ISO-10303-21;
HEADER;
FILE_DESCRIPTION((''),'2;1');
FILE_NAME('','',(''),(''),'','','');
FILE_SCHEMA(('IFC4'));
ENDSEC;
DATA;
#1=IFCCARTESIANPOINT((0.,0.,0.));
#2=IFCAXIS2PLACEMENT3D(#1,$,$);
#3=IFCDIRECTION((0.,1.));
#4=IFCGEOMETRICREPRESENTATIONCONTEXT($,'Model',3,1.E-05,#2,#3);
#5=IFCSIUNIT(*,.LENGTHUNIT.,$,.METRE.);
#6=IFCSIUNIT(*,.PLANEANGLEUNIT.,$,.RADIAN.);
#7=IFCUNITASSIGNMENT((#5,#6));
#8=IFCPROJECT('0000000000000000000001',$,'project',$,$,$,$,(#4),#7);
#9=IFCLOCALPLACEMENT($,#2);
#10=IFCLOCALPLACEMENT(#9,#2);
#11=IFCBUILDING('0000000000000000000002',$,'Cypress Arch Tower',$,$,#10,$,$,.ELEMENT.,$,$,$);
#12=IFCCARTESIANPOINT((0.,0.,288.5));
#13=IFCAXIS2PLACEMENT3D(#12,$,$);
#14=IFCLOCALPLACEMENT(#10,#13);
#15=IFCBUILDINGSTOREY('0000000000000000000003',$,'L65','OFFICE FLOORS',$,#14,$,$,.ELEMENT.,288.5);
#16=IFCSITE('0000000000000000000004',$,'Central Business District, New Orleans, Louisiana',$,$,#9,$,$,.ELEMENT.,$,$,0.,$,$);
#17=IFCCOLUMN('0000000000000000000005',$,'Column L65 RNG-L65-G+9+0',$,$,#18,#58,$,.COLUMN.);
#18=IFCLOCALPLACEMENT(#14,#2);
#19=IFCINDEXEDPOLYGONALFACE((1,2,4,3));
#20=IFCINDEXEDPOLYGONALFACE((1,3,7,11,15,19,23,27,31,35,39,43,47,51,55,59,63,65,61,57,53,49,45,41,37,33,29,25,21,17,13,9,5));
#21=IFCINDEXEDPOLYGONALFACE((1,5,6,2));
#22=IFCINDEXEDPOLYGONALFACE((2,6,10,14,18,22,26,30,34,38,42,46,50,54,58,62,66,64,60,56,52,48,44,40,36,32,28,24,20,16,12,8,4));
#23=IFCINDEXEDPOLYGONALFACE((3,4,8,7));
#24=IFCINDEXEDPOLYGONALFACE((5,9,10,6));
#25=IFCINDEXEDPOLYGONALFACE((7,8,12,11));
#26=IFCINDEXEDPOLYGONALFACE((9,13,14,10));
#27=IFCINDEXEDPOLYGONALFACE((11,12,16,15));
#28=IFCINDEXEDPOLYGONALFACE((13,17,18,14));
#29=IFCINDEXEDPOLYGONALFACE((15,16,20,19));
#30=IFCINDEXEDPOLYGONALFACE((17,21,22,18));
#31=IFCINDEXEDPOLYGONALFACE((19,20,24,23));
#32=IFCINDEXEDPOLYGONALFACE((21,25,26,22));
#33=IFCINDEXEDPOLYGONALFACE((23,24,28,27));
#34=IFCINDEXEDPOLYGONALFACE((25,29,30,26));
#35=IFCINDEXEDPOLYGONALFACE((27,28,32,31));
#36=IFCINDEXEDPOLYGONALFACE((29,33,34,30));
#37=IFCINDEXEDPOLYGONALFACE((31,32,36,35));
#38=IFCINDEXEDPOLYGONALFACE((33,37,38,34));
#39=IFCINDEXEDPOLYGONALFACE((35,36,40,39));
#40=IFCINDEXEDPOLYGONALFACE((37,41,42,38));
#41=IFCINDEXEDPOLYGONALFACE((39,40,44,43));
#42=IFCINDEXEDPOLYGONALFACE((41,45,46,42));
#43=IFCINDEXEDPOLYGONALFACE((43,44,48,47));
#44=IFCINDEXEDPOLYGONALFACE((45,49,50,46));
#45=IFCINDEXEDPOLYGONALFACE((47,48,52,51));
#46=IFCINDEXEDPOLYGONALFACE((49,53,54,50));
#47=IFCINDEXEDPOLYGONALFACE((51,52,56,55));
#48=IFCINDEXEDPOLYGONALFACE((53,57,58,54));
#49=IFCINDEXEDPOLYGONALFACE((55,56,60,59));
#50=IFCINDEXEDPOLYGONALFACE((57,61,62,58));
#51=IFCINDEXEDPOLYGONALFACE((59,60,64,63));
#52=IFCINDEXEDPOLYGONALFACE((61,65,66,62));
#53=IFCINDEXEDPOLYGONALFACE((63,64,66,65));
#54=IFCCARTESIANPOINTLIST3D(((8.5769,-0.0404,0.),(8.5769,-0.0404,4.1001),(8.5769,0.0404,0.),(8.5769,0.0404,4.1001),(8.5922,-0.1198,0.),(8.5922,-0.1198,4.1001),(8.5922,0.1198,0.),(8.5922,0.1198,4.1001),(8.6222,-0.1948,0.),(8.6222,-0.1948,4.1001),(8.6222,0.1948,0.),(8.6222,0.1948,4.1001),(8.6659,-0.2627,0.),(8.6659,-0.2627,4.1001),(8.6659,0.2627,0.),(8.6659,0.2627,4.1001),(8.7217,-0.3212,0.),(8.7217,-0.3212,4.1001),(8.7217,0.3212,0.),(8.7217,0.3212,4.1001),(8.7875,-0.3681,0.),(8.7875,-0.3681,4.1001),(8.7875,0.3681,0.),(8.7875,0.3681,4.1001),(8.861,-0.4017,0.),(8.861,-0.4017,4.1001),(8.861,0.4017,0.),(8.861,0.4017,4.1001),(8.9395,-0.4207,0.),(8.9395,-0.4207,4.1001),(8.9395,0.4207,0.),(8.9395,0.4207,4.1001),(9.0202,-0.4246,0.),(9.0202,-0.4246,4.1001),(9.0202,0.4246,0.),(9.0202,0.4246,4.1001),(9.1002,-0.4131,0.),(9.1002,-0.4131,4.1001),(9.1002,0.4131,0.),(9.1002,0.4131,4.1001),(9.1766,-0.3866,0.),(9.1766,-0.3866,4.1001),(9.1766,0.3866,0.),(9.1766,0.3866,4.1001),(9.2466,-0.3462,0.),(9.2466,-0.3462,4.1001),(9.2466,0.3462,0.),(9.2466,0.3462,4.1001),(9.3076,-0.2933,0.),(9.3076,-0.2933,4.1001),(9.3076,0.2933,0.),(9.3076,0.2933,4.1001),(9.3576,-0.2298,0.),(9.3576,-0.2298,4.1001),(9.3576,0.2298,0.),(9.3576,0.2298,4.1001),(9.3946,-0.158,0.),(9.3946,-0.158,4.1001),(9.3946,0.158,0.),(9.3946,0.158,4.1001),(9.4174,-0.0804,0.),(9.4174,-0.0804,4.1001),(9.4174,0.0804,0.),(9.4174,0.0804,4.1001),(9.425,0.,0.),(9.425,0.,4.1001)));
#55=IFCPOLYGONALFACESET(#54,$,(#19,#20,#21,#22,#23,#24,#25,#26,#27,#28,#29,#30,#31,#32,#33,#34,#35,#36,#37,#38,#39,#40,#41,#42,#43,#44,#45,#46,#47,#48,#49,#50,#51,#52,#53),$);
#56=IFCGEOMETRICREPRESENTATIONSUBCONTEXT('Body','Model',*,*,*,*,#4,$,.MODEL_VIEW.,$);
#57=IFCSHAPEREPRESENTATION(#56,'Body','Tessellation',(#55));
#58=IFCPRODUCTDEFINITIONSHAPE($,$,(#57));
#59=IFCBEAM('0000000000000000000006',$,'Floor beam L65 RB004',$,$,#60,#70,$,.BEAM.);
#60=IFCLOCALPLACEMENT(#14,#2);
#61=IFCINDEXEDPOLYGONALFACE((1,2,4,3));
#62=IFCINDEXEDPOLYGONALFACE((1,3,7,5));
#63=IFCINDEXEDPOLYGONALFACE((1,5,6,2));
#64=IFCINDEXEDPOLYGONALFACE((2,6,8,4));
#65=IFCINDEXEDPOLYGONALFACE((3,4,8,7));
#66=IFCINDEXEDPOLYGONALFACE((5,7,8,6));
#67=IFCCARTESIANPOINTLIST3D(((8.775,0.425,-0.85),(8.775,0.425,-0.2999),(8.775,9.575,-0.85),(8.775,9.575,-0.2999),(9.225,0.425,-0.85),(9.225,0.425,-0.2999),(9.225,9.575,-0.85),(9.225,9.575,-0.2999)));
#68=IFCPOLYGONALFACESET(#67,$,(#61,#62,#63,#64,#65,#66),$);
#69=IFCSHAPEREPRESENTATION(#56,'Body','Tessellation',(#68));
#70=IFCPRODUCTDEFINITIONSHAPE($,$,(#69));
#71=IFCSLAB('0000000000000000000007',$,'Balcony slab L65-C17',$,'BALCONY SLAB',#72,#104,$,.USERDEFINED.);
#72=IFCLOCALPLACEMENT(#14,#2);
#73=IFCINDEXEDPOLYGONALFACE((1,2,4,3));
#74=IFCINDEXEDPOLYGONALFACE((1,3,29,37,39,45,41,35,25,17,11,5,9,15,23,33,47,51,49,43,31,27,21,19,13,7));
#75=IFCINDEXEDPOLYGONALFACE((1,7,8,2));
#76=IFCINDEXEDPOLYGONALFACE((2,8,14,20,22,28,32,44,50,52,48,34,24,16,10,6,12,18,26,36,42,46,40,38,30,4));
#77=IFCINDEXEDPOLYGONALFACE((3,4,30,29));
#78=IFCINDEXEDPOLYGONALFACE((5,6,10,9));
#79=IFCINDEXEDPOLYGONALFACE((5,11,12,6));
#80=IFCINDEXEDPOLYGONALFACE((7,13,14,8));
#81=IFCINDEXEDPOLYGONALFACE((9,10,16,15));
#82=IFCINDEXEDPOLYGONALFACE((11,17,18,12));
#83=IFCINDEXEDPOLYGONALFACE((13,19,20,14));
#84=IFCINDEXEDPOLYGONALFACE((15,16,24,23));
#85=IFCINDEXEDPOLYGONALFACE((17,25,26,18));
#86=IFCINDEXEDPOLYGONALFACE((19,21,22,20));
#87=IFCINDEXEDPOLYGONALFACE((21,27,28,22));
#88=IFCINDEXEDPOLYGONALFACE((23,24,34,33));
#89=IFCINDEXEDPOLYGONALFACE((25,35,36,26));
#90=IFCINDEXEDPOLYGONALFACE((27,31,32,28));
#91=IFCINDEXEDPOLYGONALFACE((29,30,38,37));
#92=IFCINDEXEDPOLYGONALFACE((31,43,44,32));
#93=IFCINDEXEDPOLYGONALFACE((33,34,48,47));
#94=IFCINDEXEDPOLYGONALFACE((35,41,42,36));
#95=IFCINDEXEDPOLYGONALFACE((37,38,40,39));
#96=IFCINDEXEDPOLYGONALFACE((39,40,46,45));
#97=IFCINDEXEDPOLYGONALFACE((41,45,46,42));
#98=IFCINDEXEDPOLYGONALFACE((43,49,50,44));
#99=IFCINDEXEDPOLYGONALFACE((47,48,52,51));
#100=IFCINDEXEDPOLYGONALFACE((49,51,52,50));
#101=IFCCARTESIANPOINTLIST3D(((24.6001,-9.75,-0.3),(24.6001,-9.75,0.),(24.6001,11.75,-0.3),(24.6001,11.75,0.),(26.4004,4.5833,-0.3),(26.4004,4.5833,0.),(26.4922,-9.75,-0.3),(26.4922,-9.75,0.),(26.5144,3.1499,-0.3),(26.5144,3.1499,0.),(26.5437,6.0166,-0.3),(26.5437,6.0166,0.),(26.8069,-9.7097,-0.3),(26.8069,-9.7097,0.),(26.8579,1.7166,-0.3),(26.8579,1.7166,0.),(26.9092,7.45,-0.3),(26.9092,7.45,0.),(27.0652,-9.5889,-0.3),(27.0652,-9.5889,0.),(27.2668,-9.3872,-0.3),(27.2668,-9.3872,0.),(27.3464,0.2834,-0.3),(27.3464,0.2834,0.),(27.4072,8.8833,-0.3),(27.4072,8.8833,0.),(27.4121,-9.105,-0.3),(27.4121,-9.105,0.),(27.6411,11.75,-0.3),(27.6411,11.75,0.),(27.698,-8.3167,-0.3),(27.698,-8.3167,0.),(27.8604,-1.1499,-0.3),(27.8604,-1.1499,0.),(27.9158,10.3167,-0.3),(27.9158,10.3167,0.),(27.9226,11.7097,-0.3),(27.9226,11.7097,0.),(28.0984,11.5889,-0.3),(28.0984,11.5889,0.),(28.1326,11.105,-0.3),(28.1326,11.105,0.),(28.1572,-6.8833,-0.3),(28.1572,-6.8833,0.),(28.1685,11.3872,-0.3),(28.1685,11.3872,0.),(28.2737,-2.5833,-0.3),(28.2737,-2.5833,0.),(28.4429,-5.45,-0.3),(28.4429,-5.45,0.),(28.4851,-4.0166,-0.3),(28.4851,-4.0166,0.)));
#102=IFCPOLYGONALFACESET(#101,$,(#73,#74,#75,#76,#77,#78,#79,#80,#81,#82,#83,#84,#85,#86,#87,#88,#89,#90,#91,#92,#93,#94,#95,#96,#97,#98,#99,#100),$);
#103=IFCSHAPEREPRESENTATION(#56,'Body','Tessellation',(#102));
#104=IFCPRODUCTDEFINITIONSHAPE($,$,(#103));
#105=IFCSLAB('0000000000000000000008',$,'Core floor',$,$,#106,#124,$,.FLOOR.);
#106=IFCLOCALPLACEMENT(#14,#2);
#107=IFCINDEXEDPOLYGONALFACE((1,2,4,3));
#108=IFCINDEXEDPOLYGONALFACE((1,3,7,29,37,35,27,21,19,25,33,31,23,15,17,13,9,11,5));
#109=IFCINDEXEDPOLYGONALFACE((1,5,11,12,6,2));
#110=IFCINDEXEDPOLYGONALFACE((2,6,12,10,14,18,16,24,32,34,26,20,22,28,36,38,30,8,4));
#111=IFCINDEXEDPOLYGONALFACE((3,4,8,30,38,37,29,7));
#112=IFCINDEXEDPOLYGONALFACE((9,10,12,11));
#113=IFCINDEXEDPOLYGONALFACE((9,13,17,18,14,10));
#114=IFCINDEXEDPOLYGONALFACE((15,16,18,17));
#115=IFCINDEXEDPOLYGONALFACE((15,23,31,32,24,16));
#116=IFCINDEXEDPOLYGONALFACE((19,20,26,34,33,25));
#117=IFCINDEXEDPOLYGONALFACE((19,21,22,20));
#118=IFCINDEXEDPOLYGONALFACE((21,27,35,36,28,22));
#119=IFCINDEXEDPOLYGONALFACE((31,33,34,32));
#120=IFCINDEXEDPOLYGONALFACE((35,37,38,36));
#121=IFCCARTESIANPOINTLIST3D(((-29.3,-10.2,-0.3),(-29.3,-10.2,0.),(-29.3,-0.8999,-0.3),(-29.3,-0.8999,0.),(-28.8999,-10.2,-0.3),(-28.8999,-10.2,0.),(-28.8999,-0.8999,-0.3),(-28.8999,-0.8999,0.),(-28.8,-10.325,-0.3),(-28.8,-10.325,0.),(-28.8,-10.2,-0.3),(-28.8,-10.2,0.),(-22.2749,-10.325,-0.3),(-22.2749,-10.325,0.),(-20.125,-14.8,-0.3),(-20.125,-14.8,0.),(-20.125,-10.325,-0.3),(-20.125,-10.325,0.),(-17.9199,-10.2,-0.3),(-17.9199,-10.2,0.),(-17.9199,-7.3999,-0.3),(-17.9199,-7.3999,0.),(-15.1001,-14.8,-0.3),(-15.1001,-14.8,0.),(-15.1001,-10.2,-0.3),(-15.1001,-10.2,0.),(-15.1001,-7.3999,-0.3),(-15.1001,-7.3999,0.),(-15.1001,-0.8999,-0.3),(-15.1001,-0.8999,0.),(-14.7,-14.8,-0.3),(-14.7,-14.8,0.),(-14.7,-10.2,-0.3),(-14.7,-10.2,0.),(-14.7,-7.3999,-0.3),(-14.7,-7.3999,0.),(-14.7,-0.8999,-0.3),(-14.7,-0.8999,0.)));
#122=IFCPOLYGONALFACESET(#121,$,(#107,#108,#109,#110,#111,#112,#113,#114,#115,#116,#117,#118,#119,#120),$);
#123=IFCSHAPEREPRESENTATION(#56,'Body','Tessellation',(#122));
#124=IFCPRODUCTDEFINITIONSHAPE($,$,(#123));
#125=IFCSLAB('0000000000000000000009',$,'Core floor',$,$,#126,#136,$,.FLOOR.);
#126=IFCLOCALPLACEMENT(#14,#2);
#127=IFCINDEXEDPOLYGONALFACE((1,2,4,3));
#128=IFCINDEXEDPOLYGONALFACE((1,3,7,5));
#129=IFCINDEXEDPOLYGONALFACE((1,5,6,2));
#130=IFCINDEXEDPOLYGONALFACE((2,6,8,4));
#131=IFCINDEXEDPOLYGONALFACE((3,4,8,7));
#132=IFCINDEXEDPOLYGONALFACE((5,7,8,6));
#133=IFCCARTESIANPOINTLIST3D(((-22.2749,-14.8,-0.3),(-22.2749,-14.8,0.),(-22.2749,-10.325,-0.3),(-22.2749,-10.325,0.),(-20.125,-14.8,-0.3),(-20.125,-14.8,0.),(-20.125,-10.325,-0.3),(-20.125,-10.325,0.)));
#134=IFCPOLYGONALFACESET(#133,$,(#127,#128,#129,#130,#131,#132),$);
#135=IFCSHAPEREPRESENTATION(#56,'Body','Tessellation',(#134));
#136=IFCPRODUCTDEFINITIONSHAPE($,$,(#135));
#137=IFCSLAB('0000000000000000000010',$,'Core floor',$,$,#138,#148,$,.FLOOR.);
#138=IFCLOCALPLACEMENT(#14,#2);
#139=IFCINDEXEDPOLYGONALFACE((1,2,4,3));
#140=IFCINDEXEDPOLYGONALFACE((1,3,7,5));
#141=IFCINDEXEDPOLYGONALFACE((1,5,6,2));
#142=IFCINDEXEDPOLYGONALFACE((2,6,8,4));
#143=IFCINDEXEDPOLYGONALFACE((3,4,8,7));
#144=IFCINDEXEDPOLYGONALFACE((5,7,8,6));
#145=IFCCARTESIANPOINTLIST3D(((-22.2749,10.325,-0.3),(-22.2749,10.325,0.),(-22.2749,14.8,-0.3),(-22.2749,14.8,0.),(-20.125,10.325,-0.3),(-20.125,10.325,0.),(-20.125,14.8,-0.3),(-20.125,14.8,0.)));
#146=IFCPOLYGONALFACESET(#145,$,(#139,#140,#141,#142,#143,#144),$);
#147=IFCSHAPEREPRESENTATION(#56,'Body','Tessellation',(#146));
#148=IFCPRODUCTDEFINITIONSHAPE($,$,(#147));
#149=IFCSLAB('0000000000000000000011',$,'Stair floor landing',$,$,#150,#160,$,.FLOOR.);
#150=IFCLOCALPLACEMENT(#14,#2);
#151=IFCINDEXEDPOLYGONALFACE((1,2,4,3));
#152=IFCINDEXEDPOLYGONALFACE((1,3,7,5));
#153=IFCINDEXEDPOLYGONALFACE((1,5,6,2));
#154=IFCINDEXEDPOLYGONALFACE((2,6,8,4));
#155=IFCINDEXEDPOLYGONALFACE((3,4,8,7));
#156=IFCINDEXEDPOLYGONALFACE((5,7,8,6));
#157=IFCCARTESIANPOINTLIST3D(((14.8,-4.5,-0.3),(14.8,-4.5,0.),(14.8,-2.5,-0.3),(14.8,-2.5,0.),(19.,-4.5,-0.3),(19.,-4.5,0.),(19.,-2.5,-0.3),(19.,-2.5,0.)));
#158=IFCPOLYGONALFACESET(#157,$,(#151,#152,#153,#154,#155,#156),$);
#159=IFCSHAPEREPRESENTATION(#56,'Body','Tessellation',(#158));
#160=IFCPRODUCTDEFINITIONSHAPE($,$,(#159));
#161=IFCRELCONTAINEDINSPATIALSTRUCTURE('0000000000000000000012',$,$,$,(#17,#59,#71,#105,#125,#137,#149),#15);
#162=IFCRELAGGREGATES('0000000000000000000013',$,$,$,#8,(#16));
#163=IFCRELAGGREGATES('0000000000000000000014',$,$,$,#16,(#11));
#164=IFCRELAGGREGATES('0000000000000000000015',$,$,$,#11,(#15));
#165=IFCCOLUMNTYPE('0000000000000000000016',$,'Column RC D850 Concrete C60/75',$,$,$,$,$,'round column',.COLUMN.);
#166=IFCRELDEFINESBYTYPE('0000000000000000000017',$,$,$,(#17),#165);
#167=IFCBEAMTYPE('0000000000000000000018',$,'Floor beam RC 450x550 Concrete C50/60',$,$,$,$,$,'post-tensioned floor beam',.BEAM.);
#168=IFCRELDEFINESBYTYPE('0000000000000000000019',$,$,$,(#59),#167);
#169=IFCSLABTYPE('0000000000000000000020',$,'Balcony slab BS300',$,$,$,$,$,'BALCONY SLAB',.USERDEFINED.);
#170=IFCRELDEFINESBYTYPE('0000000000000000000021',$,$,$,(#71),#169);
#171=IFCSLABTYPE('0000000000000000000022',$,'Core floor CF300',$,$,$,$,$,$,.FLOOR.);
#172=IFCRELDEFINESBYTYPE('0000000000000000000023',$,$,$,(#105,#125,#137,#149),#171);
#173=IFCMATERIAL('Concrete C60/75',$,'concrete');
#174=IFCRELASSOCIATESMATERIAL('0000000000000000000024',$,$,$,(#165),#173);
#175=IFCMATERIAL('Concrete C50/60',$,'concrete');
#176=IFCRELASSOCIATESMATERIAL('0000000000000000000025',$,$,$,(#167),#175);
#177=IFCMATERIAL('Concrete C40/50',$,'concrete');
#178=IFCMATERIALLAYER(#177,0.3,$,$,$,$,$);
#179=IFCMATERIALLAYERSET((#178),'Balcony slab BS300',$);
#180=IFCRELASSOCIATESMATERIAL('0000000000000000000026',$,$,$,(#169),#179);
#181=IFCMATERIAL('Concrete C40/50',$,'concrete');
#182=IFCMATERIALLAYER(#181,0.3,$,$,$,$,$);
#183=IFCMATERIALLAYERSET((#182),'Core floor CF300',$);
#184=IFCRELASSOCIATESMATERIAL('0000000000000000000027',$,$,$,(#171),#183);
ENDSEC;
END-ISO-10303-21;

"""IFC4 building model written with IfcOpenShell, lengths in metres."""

from ifc_helpers import new_model, si_unit, direction, frame, origin, origin_2d, place, context, subcontext, project, spatial, polyline, rectangle, circle, outline, extrude, material, layer, layer_set, material_profile, profile_set, type_object, element, save


model = new_model("IFC4")

# Units and contexts
model_context = context("Model", 3, precision=1e-05, world=origin(), true_north=direction((0.0, 1.0)))
body_context = subcontext(model_context, "Body", "Model", "MODEL_VIEW")
ifc_project = project(units=[si_unit("LENGTHUNIT", "METRE"), si_unit("PLANEANGLEUNIT", "RADIAN")], contexts=[model_context])

# Site, building, storey
site_placement = place(None, origin())
site = spatial("IfcSite", under=ifc_project, at=site_placement, Name="Central Business District, New Orleans, Louisiana", CompositionType="ELEMENT", RefElevation=0.0)
building_placement = place(site_placement, origin())
building = spatial("IfcBuilding", under=site, at=building_placement, Name="Cypress Arch Tower", CompositionType="ELEMENT")
storey_placement = place(building_placement, frame((0.0, 0.0, 288.5)))
storey = spatial("IfcBuildingStorey", under=building, at=storey_placement, Name="L65", Description="OFFICE FLOORS", CompositionType="ELEMENT", Elevation=288.5)

# Column
ifc_material_1 = material(Name="Concrete C60/75", Category="concrete")
ifc_material_profile_1 = material_profile(ifc_material_1, circle(Radius=0.425, at=origin_2d()), Name="RC D850")
ifc_profile_set_1 = profile_set([ifc_material_profile_1], Name="Concrete C60/75")
column_type = type_object("IfcColumnType", Name="Column RC D850 Concrete C60/75", ElementType="round column", PredefinedType="COLUMN", material=ifc_profile_set_1)
column_placement = place(storey_placement, frame((9.0, 0.0, 0.0), z_axis=(0.0, 0.0, 1.0), x_axis=(1.0, 0.0, 0.0)))
element("IfcColumn", 1, at=column_placement, inside=storey, type_object=column_type, Name="Column L65 RNG-L65-G+9+0", PredefinedType="COLUMN", context=body_context, shape_type="SweptSolid", body=[
    extrude(circle(Radius=0.425, at=origin_2d()), origin(), (0.0, 0.0, 1.0), 4.1001),
])

# Beam
ifc_material_2 = material(Name="Concrete C50/60", Category="concrete")
ifc_material_profile_2 = material_profile(ifc_material_2, rectangle(XDim=0.45, YDim=0.55, at=origin_2d()), Name="RC 450x550")
ifc_profile_set_2 = profile_set([ifc_material_profile_2], Name="Concrete C50/60")
beam_type = type_object("IfcBeamType", Name="Floor beam RC 450x550 Concrete C50/60", ElementType="post-tensioned floor beam", PredefinedType="BEAM", material=ifc_profile_set_2)
beam_placement = place(storey_placement, frame((9.0, 0.425, -0.575), z_axis=(0.0, 1.0, 0.0), x_axis=(-1.0, 0.0, 0.0)))
element("IfcBeam", 2, at=beam_placement, inside=storey, type_object=beam_type, Name="Floor beam L65 RB004", PredefinedType="BEAM", context=body_context, shape_type="SweptSolid", body=[
    extrude(rectangle(XDim=0.45, YDim=0.55, at=origin_2d()), origin(), (0.0, 0.0, 1.0), 9.1499),
])

# Slabs
ifc_material_3 = material(Name="Concrete C40/50", Category="concrete")
ifc_layer_1 = layer(ifc_material_3, 0.3)
ifc_layer_set_1 = layer_set([ifc_layer_1], Name="Balcony slab BS300")
slab_type_1 = type_object("IfcSlabType", Name="Balcony slab BS300", ElementType="BALCONY SLAB", PredefinedType="USERDEFINED", material=ifc_layer_set_1)
slab_1_placement = place(storey_placement, frame((0.0, 0.0, -0.3)))
element("IfcSlab", 3, at=slab_1_placement, inside=storey, type_object=slab_type_1, Name="Balcony slab L65-C17", ObjectType="BALCONY SLAB", PredefinedType="USERDEFINED", context=body_context, shape_type="SweptSolid", body=[
    extrude(outline(polyline([(24.6001, -9.75), (26.4922, -9.75), (26.8069, -9.7097), (27.0652, -9.5889), (27.2668, -9.3872), (27.4121, -9.105), (27.698, -8.3167), (28.1572, -6.8833), (28.4429, -5.45), (28.4851, -4.0166), (28.2737, -2.5833), (27.8604, -1.1499), (27.3464, 0.2834), (26.8579, 1.7166), (26.5144, 3.1499), (26.4004, 4.5833), (26.5437, 6.0166), (26.9092, 7.45), (27.4072, 8.8833), (27.9158, 10.3167), (28.1326, 11.105), (28.1685, 11.3872), (28.0984, 11.5889), (27.9226, 11.7097), (27.6411, 11.75), (24.6001, 11.75), (24.6001, -9.75)])), origin(), (0.0, 0.0, 1.0), 0.3),
])
ifc_material_4 = material(Name="Concrete C40/50", Category="concrete")
ifc_layer_2 = layer(ifc_material_4, 0.3)
ifc_layer_set_2 = layer_set([ifc_layer_2], Name="Core floor CF300")
slab_type_2 = type_object("IfcSlabType", Name="Core floor CF300", PredefinedType="FLOOR", material=ifc_layer_set_2)
slab_2_placement = place(storey_placement, frame((0.0, 0.0, -0.3)))
element("IfcSlab", 4, at=slab_2_placement, inside=storey, type_object=slab_type_2, Name="Core floor", PredefinedType="FLOOR", context=body_context, shape_type="SweptSolid", body=[
    extrude(outline(polyline([(-28.8999, -10.2), (-29.3, -10.2), (-29.3, -0.8999), (-28.8999, -0.8999), (-15.1001, -0.8999), (-14.7, -0.8999), (-14.7, -7.3999), (-15.1001, -7.3999), (-17.9199, -7.3999), (-17.9199, -10.2), (-15.1001, -10.2), (-14.7, -10.2), (-14.7, -14.8), (-15.1001, -14.8), (-20.125, -14.8), (-20.125, -10.325), (-22.2749, -10.325), (-28.8, -10.325), (-28.8, -10.2), (-28.8999, -10.2)])), origin(), (0.0, 0.0, 1.0), 0.3),
])
slab_3_placement = place(storey_placement, frame((0.0, 0.0, -0.3)))
element("IfcSlab", 5, at=slab_3_placement, inside=storey, type_object=slab_type_2, Name="Core floor", PredefinedType="FLOOR", context=body_context, shape_type="SweptSolid", body=[
    extrude(outline(polyline([(-22.2749, -10.325), (-22.2749, -14.8), (-20.125, -14.8), (-20.125, -10.325), (-22.2749, -10.325)])), origin(), (0.0, 0.0, 1.0), 0.3),
])
slab_4_placement = place(storey_placement, frame((0.0, 0.0, -0.3)))
element("IfcSlab", 6, at=slab_4_placement, inside=storey, type_object=slab_type_2, Name="Core floor", PredefinedType="FLOOR", context=body_context, shape_type="SweptSolid", body=[
    extrude(outline(polyline([(-20.125, 14.8), (-22.2749, 14.8), (-22.2749, 10.325), (-20.125, 10.325), (-20.125, 14.8)])), origin(), (0.0, 0.0, 1.0), 0.3),
])
slab_5_placement = place(storey_placement, frame((0.0, 0.0, -0.3)))
element("IfcSlab", 7, at=slab_5_placement, inside=storey, type_object=slab_type_2, Name="Stair floor landing", PredefinedType="FLOOR", context=body_context, shape_type="SweptSolid", body=[
    extrude(outline(polyline([(19.0, -4.5), (19.0, -2.5), (14.8, -2.5), (14.8, -4.5), (19.0, -4.5)])), origin(), (0.0, 0.0, 1.0), 0.3),
])

save(model, "model.ifc")
